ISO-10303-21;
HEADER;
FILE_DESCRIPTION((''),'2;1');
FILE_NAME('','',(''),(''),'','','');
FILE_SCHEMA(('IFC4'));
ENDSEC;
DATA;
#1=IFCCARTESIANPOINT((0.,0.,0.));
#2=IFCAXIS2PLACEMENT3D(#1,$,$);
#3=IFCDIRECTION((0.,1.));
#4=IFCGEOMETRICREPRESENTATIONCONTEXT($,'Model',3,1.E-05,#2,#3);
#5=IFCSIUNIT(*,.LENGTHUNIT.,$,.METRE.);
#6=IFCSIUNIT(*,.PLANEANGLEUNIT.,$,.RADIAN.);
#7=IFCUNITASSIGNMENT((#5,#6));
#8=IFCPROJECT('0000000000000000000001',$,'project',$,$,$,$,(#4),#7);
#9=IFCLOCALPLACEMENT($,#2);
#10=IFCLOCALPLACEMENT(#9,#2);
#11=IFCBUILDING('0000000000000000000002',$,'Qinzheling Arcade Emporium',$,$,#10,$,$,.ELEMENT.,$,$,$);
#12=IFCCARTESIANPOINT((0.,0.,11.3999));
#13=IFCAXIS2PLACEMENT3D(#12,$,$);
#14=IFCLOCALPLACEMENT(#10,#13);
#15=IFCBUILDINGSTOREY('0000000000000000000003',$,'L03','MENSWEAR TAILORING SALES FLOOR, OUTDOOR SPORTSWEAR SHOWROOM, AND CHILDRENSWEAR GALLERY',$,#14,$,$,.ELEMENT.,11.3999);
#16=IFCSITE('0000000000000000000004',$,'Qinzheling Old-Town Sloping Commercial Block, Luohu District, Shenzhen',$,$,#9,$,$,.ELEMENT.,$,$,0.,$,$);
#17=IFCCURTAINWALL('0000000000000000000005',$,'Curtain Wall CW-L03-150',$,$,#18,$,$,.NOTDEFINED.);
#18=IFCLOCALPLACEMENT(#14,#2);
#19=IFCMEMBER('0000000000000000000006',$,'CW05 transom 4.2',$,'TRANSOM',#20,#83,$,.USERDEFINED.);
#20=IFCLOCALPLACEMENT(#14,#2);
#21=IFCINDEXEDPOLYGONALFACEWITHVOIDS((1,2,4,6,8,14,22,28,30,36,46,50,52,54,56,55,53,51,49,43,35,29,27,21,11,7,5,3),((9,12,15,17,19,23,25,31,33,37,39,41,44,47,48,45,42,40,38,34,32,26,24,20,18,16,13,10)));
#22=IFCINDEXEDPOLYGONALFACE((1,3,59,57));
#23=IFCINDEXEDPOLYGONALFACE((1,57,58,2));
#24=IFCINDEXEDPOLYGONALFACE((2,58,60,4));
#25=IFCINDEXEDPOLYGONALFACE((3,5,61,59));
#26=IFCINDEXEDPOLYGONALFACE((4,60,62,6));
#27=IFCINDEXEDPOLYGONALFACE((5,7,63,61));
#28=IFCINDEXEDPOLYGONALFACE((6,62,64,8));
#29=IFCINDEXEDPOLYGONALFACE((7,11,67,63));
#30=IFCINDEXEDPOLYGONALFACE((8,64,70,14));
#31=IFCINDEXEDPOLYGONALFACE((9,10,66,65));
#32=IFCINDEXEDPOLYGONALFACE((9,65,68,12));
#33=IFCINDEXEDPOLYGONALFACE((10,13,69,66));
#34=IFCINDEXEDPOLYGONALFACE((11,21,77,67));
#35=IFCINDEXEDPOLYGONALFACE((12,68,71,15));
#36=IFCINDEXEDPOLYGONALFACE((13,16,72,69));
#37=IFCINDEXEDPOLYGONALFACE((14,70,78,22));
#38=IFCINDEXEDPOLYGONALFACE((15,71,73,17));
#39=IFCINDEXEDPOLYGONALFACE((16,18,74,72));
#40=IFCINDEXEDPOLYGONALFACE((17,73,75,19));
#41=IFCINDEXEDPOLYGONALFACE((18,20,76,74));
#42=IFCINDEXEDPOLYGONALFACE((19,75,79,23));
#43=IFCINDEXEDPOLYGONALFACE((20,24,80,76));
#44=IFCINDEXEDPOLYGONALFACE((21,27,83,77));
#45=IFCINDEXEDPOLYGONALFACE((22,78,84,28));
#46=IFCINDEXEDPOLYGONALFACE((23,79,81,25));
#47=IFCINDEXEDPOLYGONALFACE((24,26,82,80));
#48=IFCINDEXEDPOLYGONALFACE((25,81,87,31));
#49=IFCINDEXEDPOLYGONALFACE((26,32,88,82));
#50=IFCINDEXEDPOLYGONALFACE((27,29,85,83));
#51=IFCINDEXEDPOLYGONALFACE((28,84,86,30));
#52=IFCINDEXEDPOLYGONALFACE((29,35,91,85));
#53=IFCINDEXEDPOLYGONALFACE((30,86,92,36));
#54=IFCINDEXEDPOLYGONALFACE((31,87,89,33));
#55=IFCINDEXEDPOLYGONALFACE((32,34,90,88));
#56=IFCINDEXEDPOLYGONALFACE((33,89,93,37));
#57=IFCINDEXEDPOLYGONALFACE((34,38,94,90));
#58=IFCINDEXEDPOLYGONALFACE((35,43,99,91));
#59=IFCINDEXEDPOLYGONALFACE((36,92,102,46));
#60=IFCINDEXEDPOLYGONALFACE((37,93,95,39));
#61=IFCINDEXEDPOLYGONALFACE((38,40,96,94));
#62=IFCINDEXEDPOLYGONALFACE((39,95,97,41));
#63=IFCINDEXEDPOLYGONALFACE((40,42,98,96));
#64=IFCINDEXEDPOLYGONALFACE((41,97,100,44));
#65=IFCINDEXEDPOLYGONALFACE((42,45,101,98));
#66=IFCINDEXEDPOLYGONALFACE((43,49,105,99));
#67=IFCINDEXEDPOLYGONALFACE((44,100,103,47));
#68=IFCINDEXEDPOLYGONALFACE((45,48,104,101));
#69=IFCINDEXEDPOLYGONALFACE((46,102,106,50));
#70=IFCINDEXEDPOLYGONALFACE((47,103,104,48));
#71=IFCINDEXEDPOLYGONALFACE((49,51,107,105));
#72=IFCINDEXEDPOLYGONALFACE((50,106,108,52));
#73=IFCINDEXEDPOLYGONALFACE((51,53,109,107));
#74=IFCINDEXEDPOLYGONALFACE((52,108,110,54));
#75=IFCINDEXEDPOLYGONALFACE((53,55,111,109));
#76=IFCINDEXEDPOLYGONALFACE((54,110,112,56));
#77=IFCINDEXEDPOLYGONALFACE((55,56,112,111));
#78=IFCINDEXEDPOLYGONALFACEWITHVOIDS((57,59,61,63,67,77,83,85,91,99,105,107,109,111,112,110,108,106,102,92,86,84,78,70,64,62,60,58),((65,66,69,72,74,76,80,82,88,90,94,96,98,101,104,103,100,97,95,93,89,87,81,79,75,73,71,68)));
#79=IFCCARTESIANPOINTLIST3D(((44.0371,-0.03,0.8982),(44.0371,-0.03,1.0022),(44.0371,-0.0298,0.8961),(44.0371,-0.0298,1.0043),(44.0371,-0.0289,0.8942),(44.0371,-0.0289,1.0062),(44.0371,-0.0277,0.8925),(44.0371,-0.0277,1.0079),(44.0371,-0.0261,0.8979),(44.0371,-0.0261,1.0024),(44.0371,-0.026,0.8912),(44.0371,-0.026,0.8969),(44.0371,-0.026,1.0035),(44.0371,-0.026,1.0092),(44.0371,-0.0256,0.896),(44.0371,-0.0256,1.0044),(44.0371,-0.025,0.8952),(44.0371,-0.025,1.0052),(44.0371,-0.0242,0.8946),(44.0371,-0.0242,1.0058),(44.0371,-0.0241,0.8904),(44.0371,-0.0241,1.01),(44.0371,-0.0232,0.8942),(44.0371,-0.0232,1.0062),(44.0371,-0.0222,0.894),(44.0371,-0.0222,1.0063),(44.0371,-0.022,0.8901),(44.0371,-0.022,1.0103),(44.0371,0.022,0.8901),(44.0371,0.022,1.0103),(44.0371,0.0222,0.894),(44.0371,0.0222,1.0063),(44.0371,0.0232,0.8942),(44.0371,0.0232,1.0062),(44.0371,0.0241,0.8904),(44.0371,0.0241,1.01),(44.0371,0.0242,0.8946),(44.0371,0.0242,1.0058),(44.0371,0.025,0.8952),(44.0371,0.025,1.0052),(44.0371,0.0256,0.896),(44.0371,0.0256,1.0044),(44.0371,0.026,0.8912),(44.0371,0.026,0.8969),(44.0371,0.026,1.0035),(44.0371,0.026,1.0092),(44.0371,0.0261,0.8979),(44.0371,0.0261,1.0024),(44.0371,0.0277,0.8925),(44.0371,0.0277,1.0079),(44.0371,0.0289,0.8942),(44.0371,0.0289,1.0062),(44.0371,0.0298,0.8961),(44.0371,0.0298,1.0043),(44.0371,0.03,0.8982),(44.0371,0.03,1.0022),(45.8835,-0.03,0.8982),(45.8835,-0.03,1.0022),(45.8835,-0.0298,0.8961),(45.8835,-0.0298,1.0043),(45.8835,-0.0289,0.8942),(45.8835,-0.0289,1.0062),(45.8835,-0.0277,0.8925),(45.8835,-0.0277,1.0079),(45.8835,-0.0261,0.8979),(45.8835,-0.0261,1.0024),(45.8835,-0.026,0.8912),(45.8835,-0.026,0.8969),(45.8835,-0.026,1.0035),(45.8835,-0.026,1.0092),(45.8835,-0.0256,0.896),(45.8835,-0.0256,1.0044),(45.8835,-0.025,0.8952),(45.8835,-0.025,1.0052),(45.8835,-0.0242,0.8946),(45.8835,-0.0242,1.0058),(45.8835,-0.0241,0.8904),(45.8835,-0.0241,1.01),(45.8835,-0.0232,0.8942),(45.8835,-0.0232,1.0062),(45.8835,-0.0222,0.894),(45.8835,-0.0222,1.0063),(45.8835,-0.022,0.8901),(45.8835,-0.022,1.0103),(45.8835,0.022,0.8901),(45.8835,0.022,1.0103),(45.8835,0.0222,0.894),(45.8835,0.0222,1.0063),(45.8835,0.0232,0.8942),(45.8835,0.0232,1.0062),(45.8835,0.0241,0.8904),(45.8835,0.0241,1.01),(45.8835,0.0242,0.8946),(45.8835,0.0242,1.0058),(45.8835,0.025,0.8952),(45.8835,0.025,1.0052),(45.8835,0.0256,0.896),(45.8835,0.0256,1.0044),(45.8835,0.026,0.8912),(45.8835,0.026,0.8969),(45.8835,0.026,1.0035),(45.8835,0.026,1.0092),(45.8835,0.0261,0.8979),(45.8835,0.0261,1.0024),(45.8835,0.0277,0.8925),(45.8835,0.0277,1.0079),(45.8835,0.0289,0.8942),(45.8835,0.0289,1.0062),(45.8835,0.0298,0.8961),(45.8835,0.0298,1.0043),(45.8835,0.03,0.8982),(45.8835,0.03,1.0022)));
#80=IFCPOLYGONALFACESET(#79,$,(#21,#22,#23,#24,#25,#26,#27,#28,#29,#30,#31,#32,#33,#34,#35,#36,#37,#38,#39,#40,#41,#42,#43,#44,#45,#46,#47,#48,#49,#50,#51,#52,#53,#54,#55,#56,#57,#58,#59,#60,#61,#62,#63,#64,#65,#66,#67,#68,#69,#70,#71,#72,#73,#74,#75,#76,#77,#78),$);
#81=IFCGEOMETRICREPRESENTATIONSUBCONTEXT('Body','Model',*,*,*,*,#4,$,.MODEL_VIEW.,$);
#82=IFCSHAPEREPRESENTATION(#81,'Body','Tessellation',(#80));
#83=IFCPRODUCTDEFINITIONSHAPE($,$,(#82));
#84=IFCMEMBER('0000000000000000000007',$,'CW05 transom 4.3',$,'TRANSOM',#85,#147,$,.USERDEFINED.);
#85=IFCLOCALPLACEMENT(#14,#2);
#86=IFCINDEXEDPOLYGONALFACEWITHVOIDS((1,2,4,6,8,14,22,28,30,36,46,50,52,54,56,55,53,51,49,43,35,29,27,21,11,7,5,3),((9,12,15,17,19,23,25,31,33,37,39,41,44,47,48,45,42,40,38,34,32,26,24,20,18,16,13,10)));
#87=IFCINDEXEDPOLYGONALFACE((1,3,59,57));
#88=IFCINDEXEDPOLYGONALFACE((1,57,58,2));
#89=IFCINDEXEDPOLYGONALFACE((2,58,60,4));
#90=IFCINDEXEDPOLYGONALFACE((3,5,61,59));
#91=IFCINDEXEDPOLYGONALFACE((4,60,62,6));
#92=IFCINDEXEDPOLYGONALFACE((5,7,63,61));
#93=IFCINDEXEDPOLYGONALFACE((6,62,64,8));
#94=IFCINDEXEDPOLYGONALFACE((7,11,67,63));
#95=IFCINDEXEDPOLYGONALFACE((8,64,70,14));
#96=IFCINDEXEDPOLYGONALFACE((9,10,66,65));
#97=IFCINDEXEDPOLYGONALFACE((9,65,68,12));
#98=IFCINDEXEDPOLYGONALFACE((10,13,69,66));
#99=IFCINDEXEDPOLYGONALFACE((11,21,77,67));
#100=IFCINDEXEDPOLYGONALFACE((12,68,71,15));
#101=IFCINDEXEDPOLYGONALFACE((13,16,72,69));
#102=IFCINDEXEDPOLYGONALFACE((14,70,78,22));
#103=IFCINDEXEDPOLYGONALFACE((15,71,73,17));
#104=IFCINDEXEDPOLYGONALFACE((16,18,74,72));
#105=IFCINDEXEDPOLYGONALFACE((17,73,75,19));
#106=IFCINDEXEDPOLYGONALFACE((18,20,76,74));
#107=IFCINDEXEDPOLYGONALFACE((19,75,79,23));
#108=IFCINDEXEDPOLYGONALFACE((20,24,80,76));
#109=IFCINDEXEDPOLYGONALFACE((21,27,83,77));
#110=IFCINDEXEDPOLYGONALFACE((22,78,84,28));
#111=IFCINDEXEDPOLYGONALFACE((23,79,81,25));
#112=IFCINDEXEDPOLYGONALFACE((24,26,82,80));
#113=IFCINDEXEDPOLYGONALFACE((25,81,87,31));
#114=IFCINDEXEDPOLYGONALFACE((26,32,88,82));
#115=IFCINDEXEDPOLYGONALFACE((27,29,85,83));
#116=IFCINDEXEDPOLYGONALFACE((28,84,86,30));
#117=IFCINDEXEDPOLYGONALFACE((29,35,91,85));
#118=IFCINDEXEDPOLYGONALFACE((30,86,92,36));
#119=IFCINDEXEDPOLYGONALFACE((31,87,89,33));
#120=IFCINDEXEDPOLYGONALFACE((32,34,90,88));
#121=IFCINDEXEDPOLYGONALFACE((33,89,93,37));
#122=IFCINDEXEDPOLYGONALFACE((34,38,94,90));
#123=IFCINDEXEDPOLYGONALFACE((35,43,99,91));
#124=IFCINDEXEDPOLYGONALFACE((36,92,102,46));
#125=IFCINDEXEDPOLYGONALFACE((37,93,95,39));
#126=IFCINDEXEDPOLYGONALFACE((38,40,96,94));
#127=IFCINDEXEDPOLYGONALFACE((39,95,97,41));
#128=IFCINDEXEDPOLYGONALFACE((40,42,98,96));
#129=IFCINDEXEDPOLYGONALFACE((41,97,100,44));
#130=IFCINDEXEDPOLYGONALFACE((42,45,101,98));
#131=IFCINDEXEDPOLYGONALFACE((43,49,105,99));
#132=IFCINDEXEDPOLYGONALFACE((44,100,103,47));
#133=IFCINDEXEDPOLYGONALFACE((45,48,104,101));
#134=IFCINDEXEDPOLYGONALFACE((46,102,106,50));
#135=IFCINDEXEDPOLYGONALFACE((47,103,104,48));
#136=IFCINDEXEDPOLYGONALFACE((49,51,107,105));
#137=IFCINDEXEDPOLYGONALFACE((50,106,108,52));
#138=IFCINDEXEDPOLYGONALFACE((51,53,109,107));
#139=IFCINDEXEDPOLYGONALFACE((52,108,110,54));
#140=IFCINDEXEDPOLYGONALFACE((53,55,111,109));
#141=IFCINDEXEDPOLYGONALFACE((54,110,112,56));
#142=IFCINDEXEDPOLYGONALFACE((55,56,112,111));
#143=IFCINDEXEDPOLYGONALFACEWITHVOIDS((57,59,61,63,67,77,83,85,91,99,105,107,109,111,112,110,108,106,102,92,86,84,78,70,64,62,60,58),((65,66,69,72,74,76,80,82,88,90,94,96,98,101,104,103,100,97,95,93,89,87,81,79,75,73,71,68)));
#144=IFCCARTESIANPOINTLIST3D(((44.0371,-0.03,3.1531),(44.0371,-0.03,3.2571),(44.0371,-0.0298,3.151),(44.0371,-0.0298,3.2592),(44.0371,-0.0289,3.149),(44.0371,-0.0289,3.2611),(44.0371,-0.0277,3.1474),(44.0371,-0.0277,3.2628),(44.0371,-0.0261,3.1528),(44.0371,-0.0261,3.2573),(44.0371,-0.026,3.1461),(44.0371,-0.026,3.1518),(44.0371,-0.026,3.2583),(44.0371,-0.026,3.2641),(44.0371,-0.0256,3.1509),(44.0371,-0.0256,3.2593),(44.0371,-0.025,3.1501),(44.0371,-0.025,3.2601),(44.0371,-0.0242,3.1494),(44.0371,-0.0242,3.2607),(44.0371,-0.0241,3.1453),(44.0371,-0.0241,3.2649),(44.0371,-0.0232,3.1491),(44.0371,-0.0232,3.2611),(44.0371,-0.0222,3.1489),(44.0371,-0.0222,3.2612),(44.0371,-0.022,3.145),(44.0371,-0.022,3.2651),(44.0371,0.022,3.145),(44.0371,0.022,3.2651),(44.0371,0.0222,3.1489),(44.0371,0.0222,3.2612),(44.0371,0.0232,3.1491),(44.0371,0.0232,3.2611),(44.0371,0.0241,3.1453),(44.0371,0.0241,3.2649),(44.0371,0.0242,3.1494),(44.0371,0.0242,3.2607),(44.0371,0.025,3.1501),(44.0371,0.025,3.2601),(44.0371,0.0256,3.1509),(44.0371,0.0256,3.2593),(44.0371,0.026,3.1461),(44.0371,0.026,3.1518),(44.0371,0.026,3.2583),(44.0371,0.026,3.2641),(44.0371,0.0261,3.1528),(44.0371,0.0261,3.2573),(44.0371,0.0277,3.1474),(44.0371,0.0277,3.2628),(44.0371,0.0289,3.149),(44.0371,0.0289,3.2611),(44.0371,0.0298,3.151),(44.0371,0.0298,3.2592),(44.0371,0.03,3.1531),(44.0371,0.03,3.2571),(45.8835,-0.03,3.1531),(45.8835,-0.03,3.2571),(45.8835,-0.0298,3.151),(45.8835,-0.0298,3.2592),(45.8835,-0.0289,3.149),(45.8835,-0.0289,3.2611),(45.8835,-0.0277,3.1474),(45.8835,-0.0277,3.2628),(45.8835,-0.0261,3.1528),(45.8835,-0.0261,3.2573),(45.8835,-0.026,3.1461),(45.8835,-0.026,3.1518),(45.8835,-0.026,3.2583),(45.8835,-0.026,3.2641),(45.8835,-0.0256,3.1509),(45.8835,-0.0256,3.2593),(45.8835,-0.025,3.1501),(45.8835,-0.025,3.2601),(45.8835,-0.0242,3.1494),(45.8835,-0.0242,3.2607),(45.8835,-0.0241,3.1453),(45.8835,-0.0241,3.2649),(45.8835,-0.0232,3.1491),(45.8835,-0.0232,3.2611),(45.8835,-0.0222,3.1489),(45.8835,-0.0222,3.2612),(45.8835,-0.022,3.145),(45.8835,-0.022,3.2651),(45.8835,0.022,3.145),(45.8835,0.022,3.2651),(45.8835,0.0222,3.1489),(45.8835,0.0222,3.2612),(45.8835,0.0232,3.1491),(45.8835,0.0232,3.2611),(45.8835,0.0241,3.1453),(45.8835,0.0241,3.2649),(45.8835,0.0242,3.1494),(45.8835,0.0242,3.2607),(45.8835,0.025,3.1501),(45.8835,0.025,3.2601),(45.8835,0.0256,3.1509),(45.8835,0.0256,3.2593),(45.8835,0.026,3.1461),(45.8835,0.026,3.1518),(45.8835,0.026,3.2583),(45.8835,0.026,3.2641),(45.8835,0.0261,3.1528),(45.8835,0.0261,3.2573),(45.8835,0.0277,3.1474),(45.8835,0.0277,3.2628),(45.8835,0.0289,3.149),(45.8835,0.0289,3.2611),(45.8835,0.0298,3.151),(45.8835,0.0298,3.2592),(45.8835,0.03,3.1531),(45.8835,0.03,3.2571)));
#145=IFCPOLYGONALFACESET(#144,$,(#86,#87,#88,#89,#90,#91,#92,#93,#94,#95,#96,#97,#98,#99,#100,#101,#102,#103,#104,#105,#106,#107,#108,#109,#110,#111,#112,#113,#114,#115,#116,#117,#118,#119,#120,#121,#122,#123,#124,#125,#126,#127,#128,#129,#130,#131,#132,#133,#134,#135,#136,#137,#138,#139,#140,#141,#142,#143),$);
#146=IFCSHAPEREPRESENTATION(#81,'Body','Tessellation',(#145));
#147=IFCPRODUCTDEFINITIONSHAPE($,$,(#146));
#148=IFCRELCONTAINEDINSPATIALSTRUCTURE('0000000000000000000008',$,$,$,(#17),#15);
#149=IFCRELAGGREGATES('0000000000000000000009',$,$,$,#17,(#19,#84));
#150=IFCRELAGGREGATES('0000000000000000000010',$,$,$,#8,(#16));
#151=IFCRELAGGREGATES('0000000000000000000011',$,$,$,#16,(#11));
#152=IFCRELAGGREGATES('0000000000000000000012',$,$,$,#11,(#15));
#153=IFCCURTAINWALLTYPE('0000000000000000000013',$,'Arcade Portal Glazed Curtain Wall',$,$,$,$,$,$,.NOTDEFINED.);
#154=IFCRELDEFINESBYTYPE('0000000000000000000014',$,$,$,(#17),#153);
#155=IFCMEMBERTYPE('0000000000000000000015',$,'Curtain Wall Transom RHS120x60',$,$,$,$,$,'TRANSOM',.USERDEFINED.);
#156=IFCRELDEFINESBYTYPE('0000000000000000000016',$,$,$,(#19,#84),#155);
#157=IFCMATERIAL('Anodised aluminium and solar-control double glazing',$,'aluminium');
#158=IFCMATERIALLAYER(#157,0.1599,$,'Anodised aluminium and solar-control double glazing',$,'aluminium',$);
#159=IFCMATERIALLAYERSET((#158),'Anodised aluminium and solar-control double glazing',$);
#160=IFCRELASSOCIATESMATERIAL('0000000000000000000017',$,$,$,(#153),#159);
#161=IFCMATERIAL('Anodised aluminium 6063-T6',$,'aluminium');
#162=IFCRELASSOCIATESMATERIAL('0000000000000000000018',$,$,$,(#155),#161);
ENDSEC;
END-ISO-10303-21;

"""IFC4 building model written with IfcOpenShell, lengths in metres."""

from ifc_helpers import new_model, si_unit, direction, frame, origin, origin_2d, place, context, subcontext, project, spatial, hollow_rectangle, extrude, material, layer, layer_set, material_profile, profile_set, type_object, element, aggregate, save


model = new_model("IFC4")

# Units and contexts
model_context = context("Model", 3, precision=1e-05, world=origin(), true_north=direction((0.0, 1.0)))
body_context = subcontext(model_context, "Body", "Model", "MODEL_VIEW")
ifc_project = project(units=[si_unit("LENGTHUNIT", "METRE"), si_unit("PLANEANGLEUNIT", "RADIAN")], contexts=[model_context])

# Site, building, storey
site_placement = place(None, origin())
site = spatial("IfcSite", under=ifc_project, at=site_placement, Name="Qinzheling Old-Town Sloping Commercial Block, Luohu District, Shenzhen", CompositionType="ELEMENT", RefElevation=0.0)
building_placement = place(site_placement, origin())
building = spatial("IfcBuilding", under=site, at=building_placement, Name="Qinzheling Arcade Emporium", CompositionType="ELEMENT")
storey_placement = place(building_placement, frame((0.0, 0.0, 11.3999)))
storey = spatial("IfcBuildingStorey", under=building, at=storey_placement, Name="L03", Description="MENSWEAR TAILORING SALES FLOOR, OUTDOOR SPORTSWEAR SHOWROOM, AND CHILDRENSWEAR GALLERY", CompositionType="ELEMENT", Elevation=11.3999)

# Curtain wall, members
ifc_material_1 = material(Name="Anodised aluminium and solar-control double glazing", Category="aluminium")
ifc_layer_1 = layer(ifc_material_1, 0.1599, Name="Anodised aluminium and solar-control double glazing", Category="aluminium")
ifc_layer_set_1 = layer_set([ifc_layer_1], Name="Anodised aluminium and solar-control double glazing")
curtain_wall_type = type_object("IfcCurtainWallType", Name="Arcade Portal Glazed Curtain Wall", PredefinedType="NOTDEFINED", material=ifc_layer_set_1)
curtain_wall_placement = place(storey_placement, origin())
curtain_wall = element("IfcCurtainWall", 1, at=curtain_wall_placement, inside=storey, type_object=curtain_wall_type, Name="Curtain Wall CW-L03-150", PredefinedType="NOTDEFINED")
ifc_material_2 = material(Name="Anodised aluminium 6063-T6", Category="aluminium")
ifc_material_profile_1 = material_profile(ifc_material_2, hollow_rectangle(XDim=0.0601, YDim=0.1201, WallThickness=0.0039, InnerFilletRadius=0.0039, OuterFilletRadius=0.0081, at=origin_2d()), Name="RHS 120x60x4", Category="aluminium")
ifc_profile_set_1 = profile_set([ifc_material_profile_1], Name="Anodised aluminium 6063-T6")
member_type_1 = type_object("IfcMemberType", Name="Curtain Wall Transom RHS120x60", ElementType="TRANSOM", PredefinedType="USERDEFINED", material=ifc_profile_set_1)
member_1_placement = place(storey_placement, frame((45.8835, 0.0, 0.9502), z_axis=(-1.0, 0.0, 0.0), x_axis=(0.0, -1.0, 0.0)))
member_1 = element("IfcMember", 2, at=member_1_placement, type_object=member_type_1, Name="CW05 transom 4.2", ObjectType="TRANSOM", PredefinedType="USERDEFINED", context=body_context, shape_type="SweptSolid", body=[
    extrude(hollow_rectangle(XDim=0.0601, YDim=0.1201, WallThickness=0.0039, InnerFilletRadius=0.0039, OuterFilletRadius=0.0081, at=origin_2d()), origin(), (0.0, 0.0, 1.0), 1.8464),
])
member_2_placement = place(storey_placement, frame((45.8835, 0.0, 3.2051), z_axis=(-1.0, 0.0, 0.0), x_axis=(0.0, -1.0, 0.0)))
member_2 = element("IfcMember", 3, at=member_2_placement, type_object=member_type_1, Name="CW05 transom 4.3", ObjectType="TRANSOM", PredefinedType="USERDEFINED", context=body_context, shape_type="SweptSolid", body=[
    extrude(hollow_rectangle(XDim=0.0601, YDim=0.1201, WallThickness=0.0039, InnerFilletRadius=0.0039, OuterFilletRadius=0.0081, at=origin_2d()), origin(), (0.0, 0.0, 1.0), 1.8464),
])

aggregate(curtain_wall, [member_1, member_2])

save(model, "model.ifc")
